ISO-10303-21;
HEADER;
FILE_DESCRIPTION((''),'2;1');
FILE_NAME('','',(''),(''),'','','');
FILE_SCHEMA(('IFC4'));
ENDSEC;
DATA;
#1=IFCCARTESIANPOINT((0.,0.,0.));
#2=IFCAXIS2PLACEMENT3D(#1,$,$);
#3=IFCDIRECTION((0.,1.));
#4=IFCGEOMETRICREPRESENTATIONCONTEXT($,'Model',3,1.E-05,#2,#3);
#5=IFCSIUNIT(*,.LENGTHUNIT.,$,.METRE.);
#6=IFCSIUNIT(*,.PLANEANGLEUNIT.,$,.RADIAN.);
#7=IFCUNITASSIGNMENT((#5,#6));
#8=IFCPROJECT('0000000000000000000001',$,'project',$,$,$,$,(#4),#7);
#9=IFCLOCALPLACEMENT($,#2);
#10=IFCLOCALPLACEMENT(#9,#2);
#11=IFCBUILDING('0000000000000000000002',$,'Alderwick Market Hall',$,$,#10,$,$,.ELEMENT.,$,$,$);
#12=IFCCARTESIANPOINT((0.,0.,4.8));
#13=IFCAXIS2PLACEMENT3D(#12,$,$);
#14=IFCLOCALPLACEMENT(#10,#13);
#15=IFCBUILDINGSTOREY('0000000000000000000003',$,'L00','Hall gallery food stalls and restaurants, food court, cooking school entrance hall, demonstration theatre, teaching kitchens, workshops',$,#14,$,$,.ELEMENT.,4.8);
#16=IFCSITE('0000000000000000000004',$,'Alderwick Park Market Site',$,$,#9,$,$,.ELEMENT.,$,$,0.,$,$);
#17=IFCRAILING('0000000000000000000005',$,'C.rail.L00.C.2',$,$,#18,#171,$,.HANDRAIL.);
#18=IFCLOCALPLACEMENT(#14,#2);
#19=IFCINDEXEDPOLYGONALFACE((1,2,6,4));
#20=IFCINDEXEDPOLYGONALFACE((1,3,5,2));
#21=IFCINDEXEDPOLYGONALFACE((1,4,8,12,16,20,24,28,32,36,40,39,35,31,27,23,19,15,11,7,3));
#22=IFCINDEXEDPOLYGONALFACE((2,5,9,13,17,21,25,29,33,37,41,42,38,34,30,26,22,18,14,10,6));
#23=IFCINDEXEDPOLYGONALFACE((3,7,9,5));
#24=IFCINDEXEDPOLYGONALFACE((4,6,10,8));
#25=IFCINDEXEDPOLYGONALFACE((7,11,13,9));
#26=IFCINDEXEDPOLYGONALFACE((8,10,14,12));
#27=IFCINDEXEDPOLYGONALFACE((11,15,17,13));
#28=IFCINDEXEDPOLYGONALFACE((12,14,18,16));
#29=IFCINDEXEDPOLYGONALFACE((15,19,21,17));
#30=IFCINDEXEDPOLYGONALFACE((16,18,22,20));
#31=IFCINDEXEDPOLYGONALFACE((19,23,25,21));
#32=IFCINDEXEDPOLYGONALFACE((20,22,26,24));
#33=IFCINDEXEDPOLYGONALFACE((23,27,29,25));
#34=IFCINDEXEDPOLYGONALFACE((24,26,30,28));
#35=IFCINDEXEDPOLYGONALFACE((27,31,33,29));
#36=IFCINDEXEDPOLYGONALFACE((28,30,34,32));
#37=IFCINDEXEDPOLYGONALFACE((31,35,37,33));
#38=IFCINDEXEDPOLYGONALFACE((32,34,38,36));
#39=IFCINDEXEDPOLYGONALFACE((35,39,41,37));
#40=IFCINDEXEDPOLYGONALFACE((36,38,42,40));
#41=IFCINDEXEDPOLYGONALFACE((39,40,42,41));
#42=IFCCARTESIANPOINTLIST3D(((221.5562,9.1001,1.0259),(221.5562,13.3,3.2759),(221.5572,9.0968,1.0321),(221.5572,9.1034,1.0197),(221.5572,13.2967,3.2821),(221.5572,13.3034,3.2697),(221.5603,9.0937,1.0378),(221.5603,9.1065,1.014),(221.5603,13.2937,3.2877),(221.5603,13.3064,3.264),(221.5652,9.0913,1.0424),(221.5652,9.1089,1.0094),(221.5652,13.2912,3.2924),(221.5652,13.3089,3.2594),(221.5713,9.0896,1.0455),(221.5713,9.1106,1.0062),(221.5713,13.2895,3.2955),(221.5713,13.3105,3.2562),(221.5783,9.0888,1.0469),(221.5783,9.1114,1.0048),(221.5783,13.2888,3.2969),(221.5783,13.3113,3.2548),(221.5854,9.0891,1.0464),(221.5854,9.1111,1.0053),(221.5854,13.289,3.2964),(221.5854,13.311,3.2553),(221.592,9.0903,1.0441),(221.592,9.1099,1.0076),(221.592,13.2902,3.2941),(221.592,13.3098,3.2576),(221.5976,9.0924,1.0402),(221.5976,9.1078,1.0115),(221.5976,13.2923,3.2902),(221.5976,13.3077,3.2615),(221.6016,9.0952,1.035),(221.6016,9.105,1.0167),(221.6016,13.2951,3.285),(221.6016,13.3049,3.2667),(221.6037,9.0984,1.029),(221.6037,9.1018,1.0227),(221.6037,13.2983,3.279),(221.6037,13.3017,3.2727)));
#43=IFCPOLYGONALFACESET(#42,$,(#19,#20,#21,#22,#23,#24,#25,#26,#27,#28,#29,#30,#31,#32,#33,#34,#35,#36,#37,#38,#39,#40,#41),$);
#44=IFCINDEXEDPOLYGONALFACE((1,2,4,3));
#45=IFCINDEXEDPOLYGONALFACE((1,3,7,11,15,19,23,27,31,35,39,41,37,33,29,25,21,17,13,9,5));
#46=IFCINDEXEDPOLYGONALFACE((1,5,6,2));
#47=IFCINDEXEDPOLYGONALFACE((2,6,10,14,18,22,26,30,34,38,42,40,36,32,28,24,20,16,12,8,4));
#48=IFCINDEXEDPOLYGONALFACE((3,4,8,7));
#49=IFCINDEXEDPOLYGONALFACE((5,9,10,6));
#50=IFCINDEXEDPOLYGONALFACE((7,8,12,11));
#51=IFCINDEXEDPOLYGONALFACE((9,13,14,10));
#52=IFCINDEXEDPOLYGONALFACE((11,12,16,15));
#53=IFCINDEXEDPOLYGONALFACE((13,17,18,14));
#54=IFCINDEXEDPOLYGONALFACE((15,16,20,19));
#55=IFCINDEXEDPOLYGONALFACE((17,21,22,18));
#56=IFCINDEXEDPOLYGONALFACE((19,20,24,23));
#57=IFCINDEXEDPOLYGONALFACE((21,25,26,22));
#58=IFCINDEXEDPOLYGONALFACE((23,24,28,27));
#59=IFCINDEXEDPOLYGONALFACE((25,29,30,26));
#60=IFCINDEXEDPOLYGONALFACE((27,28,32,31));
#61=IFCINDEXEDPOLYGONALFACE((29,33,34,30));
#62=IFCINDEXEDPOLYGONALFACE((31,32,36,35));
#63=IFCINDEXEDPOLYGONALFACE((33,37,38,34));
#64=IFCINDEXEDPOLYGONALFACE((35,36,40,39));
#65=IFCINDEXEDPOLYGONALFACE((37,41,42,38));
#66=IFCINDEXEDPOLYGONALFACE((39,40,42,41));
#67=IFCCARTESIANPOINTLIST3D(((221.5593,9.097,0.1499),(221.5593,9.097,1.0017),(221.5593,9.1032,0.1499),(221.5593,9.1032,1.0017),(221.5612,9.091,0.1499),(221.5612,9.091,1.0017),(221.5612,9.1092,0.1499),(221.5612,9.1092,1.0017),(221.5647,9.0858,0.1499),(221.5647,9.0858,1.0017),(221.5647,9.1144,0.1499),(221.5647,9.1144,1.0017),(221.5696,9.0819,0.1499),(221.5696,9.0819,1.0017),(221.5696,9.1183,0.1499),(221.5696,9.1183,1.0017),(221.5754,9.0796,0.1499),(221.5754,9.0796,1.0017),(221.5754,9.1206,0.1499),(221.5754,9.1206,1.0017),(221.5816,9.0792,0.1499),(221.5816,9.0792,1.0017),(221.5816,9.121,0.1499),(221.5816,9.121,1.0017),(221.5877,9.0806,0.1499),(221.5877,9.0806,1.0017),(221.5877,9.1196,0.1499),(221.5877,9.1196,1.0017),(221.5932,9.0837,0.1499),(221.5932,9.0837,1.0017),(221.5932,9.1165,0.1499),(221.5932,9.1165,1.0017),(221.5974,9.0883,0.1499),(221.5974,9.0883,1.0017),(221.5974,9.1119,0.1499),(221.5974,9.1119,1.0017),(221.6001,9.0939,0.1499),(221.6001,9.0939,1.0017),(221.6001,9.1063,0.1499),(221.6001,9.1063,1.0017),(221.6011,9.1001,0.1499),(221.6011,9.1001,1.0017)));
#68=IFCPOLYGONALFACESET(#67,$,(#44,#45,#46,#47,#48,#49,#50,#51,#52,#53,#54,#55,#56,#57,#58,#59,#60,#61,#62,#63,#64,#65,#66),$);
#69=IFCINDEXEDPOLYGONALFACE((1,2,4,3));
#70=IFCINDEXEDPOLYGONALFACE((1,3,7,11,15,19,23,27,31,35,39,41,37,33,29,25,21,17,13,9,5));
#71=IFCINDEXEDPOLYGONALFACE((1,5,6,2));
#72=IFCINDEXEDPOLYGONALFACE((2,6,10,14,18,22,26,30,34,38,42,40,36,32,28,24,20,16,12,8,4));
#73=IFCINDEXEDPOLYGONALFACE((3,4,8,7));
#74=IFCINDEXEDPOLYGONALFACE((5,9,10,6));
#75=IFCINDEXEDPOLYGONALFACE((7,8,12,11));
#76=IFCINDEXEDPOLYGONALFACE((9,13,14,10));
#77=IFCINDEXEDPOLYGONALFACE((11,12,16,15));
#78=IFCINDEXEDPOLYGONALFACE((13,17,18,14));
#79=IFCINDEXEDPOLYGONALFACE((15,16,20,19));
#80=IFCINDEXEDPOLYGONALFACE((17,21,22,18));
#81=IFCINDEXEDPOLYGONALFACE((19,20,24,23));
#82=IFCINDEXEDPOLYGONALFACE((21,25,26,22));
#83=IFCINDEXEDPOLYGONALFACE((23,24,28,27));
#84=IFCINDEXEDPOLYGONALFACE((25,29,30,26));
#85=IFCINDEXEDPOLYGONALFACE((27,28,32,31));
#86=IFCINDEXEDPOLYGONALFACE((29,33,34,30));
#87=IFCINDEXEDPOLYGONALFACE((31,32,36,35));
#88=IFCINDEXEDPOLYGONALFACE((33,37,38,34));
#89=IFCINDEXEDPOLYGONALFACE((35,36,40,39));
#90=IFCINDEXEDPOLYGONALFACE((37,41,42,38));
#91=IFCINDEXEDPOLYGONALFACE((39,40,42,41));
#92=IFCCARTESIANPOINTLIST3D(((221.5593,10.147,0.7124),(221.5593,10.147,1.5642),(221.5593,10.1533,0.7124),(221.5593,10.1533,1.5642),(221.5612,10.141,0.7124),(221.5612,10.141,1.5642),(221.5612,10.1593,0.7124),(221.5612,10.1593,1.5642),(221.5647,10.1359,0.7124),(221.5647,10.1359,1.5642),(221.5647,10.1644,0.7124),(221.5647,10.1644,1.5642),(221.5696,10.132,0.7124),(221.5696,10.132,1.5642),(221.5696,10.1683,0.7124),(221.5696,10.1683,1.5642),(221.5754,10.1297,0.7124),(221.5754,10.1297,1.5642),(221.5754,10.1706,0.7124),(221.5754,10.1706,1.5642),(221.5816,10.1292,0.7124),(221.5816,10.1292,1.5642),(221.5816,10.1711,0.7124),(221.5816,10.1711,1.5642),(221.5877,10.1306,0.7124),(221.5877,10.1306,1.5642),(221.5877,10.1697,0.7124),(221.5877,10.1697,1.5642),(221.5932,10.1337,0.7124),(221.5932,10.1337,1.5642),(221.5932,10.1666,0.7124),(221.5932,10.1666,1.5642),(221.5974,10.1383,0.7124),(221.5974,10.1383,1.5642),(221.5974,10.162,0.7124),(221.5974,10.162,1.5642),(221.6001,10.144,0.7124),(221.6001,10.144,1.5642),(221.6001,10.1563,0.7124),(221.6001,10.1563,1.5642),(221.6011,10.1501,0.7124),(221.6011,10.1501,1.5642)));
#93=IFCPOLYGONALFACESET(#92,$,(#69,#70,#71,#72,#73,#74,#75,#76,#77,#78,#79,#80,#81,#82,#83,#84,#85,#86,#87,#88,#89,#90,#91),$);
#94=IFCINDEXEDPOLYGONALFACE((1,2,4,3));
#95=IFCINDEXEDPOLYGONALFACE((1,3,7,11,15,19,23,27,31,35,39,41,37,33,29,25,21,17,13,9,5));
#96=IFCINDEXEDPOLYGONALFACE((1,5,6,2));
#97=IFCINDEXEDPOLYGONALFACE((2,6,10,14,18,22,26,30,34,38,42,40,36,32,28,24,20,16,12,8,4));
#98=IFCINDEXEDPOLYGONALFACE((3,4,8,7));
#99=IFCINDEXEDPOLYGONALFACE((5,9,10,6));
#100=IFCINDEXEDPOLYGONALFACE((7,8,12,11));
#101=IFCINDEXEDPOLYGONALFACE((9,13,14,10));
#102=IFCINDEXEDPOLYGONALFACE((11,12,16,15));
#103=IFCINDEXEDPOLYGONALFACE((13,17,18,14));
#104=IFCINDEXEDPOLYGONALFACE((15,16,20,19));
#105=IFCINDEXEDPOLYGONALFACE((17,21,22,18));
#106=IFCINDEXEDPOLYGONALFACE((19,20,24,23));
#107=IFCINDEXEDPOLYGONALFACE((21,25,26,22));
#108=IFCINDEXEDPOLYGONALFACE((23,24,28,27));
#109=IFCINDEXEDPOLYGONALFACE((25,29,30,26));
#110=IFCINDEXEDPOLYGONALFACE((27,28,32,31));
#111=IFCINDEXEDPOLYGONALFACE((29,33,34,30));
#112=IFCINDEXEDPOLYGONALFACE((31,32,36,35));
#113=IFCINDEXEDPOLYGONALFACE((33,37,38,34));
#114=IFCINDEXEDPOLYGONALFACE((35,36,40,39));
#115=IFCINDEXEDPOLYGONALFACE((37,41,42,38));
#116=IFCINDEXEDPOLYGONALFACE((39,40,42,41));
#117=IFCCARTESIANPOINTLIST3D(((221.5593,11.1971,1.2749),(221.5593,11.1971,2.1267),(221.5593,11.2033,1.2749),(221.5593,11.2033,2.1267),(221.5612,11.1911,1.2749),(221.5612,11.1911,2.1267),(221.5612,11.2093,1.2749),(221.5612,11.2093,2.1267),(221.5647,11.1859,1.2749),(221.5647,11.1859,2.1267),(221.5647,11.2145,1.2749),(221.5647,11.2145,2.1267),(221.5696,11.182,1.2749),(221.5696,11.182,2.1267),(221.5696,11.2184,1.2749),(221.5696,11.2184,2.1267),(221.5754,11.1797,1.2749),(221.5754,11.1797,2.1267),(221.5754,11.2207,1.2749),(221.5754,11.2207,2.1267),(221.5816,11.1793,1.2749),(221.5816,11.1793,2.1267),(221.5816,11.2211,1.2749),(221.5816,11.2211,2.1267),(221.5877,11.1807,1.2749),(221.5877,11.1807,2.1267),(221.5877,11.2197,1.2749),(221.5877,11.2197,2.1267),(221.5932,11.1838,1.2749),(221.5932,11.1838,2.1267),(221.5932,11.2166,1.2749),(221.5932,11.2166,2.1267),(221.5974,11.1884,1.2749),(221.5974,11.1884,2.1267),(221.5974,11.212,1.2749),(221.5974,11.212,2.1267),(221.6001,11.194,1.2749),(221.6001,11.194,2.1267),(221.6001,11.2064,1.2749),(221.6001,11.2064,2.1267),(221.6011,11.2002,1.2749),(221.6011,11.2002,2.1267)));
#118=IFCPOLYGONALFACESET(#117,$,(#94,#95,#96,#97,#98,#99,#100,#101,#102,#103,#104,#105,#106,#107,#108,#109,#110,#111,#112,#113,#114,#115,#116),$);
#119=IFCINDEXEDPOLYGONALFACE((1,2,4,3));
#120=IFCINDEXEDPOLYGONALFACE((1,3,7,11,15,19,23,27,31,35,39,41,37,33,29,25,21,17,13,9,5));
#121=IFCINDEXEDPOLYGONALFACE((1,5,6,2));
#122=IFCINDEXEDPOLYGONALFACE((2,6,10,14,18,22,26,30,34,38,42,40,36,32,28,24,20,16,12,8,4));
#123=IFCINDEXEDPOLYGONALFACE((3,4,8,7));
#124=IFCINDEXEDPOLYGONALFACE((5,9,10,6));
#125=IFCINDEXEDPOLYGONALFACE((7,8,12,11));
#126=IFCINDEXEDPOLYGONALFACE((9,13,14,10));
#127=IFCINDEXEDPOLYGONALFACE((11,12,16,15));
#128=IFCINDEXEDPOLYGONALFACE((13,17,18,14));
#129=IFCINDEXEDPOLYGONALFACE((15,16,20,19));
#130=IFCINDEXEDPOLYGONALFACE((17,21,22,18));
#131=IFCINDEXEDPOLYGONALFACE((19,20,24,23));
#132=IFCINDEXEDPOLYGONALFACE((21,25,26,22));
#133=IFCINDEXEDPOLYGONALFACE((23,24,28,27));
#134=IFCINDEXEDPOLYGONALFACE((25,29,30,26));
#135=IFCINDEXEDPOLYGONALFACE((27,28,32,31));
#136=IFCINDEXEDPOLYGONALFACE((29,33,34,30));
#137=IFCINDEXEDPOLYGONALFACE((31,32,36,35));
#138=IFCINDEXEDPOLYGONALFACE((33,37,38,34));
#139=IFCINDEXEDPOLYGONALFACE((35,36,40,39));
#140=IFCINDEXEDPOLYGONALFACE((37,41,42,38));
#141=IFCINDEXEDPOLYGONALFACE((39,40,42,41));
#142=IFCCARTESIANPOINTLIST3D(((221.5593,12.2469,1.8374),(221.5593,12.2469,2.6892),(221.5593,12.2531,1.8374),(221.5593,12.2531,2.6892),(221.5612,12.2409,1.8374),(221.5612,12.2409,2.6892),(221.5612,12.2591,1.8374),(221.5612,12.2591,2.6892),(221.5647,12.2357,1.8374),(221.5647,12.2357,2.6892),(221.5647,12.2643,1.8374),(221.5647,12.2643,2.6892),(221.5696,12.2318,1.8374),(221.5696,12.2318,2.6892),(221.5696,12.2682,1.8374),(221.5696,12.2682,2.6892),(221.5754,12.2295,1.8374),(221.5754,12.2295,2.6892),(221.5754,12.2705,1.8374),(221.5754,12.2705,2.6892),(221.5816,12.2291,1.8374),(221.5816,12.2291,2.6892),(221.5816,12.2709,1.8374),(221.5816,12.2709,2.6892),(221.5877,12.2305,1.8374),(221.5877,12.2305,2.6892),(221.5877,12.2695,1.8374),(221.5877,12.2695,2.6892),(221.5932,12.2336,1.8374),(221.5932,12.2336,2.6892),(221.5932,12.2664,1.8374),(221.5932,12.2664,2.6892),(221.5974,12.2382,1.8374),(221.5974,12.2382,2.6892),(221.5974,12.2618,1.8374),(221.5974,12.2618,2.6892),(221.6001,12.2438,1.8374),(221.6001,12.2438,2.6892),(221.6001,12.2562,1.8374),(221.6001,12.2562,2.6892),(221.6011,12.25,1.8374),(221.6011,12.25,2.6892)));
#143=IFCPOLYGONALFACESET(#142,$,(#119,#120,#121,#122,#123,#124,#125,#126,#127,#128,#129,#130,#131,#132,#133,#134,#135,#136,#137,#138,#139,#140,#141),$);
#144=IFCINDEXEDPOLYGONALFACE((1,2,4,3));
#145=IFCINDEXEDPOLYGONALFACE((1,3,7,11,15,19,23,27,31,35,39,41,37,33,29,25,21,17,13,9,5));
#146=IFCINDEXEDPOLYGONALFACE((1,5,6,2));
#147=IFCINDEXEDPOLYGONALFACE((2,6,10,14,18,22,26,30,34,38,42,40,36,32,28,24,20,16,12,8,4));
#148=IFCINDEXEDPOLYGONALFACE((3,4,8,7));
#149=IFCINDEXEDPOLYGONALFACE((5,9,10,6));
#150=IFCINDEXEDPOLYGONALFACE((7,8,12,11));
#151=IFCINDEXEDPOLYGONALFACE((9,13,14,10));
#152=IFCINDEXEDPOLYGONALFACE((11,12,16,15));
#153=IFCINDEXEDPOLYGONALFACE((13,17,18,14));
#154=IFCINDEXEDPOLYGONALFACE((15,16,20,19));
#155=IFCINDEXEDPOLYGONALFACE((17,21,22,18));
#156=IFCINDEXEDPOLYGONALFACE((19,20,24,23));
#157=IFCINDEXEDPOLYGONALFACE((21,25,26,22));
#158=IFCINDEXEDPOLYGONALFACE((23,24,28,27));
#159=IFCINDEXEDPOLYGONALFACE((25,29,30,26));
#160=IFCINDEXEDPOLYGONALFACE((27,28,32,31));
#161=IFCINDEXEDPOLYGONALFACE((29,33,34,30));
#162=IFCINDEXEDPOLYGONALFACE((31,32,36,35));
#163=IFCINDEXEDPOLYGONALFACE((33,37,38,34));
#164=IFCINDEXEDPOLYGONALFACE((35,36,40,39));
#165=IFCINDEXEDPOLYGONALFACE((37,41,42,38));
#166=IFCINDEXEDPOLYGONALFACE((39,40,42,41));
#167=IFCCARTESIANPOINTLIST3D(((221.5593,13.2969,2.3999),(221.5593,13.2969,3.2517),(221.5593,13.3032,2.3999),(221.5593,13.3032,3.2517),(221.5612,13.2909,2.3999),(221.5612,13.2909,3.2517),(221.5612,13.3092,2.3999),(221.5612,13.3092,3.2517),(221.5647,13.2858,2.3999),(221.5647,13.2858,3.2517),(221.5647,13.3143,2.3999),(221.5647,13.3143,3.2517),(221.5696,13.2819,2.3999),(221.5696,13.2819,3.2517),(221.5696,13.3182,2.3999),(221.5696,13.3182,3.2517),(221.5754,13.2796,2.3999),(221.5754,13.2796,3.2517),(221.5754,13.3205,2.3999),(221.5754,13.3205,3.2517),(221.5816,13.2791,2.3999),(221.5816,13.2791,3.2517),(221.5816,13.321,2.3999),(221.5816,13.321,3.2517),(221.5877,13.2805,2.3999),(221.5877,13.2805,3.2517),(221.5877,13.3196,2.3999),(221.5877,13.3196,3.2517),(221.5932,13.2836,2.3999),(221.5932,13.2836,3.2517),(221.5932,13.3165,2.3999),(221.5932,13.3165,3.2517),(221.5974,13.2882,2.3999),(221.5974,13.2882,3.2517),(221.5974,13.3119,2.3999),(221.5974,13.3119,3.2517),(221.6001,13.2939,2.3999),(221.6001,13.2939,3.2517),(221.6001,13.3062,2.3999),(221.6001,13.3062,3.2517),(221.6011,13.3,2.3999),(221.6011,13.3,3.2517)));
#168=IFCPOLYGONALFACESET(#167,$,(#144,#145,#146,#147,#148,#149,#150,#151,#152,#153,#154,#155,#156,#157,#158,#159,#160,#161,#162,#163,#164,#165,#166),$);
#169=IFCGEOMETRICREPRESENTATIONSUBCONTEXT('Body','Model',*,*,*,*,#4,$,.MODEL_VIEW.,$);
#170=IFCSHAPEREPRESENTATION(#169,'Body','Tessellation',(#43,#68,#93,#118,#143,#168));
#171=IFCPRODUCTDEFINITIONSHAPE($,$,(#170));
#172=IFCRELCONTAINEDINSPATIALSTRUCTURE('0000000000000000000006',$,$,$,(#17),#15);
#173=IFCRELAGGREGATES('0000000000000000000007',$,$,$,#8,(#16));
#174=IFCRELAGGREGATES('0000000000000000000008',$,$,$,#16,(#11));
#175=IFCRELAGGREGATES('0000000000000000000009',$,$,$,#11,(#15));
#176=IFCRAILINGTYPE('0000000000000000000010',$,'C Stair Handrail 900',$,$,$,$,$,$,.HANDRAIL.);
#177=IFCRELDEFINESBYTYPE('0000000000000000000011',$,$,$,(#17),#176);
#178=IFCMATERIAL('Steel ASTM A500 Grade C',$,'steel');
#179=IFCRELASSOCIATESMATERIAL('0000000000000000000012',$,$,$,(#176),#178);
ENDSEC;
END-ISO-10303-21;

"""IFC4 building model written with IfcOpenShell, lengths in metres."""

from ifc_helpers import new_model, si_unit, direction, frame, origin, origin_2d, place, context, subcontext, project, spatial, circle, extrude, material, type_object, element, save


model = new_model("IFC4")

# Units and contexts
model_context = context("Model", 3, precision=1e-05, world=origin(), true_north=direction((0.0, 1.0)))
body_context = subcontext(model_context, "Body", "Model", "MODEL_VIEW")
ifc_project = project(units=[si_unit("LENGTHUNIT", "METRE"), si_unit("PLANEANGLEUNIT", "RADIAN")], contexts=[model_context])

# Site, building, storey
site_placement = place(None, origin())
site = spatial("IfcSite", under=ifc_project, at=site_placement, Name="Alderwick Park Market Site", CompositionType="ELEMENT", RefElevation=0.0)
building_placement = place(site_placement, origin())
building = spatial("IfcBuilding", under=site, at=building_placement, Name="Alderwick Market Hall", CompositionType="ELEMENT")
storey_placement = place(building_placement, frame((0.0, 0.0, 4.8)))
storey = spatial("IfcBuildingStorey", under=building, at=storey_placement, Name="L00", Description="Hall gallery food stalls and restaurants, food court, cooking school entrance hall, demonstration theatre, teaching kitchens, workshops", CompositionType="ELEMENT", Elevation=4.8)

# Railing
ifc_material_1 = material(Name="Steel ASTM A500 Grade C", Category="steel")
railing_type_1 = type_object("IfcRailingType", Name="C Stair Handrail 900", PredefinedType="HANDRAIL", material=ifc_material_1)
for number, where, name in (
    (1, (221.5801, 9.1001, 0.1499), "C.rail.L00.C.2"),
):
    element("IfcRailing", number, at=place(storey_placement, frame(where)), inside=storey, type_object=railing_type_1, Name=name, PredefinedType="HANDRAIL", context=body_context, shape_type="SweptSolid", body=[
        extrude(circle(Radius=0.0239, at=origin_2d()), frame((0.0, 0.0, 0.876), z_axis=(0.0, 0.881478, 0.472226), x_axis=(-1.0, 0.0, 0.0)), (0.0, 0.0, 1.0), 4.7646),
        extrude(circle(Radius=0.021, at=origin_2d()), origin(), (0.0, 0.0, 1.0), 0.8518),
        extrude(circle(Radius=0.021, at=origin_2d()), frame((0.0, 1.05, 0.5625)), (0.0, 0.0, 1.0), 0.8518),
        extrude(circle(Radius=0.021, at=origin_2d()), frame((0.0, 2.1001, 1.125)), (0.0, 0.0, 1.0), 0.8518),
        extrude(circle(Radius=0.021, at=origin_2d()), frame((0.0, 3.1499, 1.6875)), (0.0, 0.0, 1.0), 0.8518),
        extrude(circle(Radius=0.021, at=origin_2d()), frame((0.0, 4.2, 2.25)), (0.0, 0.0, 1.0), 0.8518),
    ])

save(model, "model.ifc")
